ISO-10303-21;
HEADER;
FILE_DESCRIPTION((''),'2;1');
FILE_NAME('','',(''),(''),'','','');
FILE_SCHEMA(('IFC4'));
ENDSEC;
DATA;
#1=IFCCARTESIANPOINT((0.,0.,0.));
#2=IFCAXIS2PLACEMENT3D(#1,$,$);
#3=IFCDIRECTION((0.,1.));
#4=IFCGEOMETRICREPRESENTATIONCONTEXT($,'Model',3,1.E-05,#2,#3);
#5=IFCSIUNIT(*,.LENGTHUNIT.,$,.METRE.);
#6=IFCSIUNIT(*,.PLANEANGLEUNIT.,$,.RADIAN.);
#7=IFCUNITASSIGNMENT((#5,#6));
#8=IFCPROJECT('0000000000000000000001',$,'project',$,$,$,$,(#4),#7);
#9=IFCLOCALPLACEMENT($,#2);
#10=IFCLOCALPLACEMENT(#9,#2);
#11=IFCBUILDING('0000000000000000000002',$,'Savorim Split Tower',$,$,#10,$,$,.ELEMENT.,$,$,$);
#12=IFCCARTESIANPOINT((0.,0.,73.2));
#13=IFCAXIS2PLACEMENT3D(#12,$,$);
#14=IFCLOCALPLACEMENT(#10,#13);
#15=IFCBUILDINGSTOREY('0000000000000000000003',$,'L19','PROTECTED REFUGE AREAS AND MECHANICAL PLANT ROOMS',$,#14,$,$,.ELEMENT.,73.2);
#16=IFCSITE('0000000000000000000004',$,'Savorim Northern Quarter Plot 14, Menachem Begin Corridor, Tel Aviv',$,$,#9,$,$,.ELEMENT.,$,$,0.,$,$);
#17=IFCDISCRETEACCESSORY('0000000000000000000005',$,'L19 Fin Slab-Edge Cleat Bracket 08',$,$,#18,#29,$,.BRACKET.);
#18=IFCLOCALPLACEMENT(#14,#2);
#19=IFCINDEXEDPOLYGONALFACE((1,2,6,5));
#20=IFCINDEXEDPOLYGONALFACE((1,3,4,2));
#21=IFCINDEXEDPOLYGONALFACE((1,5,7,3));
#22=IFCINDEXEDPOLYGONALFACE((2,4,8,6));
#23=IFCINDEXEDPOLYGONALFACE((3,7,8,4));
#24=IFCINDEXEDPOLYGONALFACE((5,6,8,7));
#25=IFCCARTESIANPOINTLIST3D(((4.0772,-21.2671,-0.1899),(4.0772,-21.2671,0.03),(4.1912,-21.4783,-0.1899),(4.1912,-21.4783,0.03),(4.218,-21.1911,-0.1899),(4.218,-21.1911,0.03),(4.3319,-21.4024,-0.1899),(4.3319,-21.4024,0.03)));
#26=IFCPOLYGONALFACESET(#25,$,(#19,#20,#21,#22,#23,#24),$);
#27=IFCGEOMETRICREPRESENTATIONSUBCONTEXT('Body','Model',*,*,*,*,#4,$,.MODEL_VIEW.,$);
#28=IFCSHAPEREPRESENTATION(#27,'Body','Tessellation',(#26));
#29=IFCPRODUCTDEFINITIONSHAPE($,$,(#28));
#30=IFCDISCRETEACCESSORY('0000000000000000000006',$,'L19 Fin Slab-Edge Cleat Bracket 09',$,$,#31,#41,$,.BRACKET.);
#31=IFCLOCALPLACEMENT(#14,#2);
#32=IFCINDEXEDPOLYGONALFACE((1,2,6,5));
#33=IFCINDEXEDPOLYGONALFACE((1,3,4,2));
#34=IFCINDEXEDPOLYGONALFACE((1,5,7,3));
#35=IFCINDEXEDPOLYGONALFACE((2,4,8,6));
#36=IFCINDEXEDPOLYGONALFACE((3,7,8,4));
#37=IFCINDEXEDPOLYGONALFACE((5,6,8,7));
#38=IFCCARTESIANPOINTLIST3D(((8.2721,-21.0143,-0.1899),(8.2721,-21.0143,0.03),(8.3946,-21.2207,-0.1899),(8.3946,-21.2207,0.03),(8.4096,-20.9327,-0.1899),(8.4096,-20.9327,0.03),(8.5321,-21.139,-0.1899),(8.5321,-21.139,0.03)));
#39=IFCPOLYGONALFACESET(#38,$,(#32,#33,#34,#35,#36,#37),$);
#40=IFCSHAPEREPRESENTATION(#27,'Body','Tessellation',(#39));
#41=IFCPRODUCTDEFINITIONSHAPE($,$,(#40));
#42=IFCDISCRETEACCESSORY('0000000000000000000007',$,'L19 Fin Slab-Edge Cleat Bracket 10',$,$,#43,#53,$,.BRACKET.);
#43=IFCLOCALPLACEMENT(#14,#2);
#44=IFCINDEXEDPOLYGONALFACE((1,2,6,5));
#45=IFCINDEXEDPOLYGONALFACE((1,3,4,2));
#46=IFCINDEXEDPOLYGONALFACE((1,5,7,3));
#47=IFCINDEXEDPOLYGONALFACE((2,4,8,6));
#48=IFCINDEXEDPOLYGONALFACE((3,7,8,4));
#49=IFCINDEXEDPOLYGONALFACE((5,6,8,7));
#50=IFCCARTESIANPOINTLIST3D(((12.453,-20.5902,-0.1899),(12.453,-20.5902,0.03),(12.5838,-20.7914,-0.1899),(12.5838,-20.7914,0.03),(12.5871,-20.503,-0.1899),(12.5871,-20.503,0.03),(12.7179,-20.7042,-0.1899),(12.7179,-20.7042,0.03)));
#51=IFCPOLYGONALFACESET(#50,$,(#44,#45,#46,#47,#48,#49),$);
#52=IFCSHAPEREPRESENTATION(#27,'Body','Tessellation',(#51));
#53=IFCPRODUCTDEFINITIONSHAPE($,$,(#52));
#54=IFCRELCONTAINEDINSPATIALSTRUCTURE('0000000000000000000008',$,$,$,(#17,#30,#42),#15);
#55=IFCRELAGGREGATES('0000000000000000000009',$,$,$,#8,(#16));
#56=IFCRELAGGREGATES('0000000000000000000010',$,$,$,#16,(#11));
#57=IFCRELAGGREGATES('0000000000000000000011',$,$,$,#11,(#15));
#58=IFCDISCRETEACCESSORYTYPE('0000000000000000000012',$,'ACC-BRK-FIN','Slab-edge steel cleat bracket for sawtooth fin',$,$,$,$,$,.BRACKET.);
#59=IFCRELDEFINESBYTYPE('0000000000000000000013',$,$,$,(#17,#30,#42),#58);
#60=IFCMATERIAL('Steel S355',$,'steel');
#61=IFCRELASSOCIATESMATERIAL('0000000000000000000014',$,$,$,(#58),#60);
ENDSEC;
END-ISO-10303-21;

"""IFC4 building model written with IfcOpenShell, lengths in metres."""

from ifc_helpers import new_model, si_unit, direction, frame, origin, origin_2d, place, context, subcontext, project, spatial, rectangle, extrude, material, type_object, element, save


model = new_model("IFC4")

# Units and contexts
model_context = context("Model", 3, precision=1e-05, world=origin(), true_north=direction((0.0, 1.0)))
body_context = subcontext(model_context, "Body", "Model", "MODEL_VIEW")
ifc_project = project(units=[si_unit("LENGTHUNIT", "METRE"), si_unit("PLANEANGLEUNIT", "RADIAN")], contexts=[model_context])

# Site, building, storey
site_placement = place(None, origin())
site = spatial("IfcSite", under=ifc_project, at=site_placement, Name="Savorim Northern Quarter Plot 14, Menachem Begin Corridor, Tel Aviv", CompositionType="ELEMENT", RefElevation=0.0)
building_placement = place(site_placement, origin())
building = spatial("IfcBuilding", under=site, at=building_placement, Name="Savorim Split Tower", CompositionType="ELEMENT")
storey_placement = place(building_placement, frame((0.0, 0.0, 73.2)))
storey = spatial("IfcBuildingStorey", under=building, at=storey_placement, Name="L19", Description="PROTECTED REFUGE AREAS AND MECHANICAL PLANT ROOMS", CompositionType="ELEMENT", Elevation=73.2)

# Discrete accessories
ifc_material_1 = material(Name="Steel S355", Category="steel")
discrete_accessory_type = type_object("IfcDiscreteAccessoryType", Name="ACC-BRK-FIN", Description="Slab-edge steel cleat bracket for sawtooth fin", PredefinedType="BRACKET", material=ifc_material_1)
for number, where, z_axis, x_axis, name in (
    (1, (4.2046, -21.3347, -0.1899), (0.0, 0.0, 1.0), (0.474778, -0.880106, 0.0), "L19 Fin Slab-Edge Cleat Bracket 08"),
    (2, (8.4021, -21.0767, -0.1899), (0.0, 0.0, 1.0), (0.510391, -0.859942, 0.0), "L19 Fin Slab-Edge Cleat Bracket 09"),
    (3, (12.5854, -20.6472, -0.1899), (0.0, 0.0, 1.0), (0.545148, -0.83834, 0.0), "L19 Fin Slab-Edge Cleat Bracket 10"),
):
    element("IfcDiscreteAccessory", number, at=place(storey_placement, frame(where, z_axis=z_axis, x_axis=x_axis)), inside=storey, type_object=discrete_accessory_type, Name=name, PredefinedType="BRACKET", context=body_context, shape_type="SweptSolid", body=[
        extrude(rectangle(XDim=0.24, YDim=0.1599, at=origin_2d()), origin(), (0.0, 0.0, 1.0), 0.22),
    ])

save(model, "model.ifc")
